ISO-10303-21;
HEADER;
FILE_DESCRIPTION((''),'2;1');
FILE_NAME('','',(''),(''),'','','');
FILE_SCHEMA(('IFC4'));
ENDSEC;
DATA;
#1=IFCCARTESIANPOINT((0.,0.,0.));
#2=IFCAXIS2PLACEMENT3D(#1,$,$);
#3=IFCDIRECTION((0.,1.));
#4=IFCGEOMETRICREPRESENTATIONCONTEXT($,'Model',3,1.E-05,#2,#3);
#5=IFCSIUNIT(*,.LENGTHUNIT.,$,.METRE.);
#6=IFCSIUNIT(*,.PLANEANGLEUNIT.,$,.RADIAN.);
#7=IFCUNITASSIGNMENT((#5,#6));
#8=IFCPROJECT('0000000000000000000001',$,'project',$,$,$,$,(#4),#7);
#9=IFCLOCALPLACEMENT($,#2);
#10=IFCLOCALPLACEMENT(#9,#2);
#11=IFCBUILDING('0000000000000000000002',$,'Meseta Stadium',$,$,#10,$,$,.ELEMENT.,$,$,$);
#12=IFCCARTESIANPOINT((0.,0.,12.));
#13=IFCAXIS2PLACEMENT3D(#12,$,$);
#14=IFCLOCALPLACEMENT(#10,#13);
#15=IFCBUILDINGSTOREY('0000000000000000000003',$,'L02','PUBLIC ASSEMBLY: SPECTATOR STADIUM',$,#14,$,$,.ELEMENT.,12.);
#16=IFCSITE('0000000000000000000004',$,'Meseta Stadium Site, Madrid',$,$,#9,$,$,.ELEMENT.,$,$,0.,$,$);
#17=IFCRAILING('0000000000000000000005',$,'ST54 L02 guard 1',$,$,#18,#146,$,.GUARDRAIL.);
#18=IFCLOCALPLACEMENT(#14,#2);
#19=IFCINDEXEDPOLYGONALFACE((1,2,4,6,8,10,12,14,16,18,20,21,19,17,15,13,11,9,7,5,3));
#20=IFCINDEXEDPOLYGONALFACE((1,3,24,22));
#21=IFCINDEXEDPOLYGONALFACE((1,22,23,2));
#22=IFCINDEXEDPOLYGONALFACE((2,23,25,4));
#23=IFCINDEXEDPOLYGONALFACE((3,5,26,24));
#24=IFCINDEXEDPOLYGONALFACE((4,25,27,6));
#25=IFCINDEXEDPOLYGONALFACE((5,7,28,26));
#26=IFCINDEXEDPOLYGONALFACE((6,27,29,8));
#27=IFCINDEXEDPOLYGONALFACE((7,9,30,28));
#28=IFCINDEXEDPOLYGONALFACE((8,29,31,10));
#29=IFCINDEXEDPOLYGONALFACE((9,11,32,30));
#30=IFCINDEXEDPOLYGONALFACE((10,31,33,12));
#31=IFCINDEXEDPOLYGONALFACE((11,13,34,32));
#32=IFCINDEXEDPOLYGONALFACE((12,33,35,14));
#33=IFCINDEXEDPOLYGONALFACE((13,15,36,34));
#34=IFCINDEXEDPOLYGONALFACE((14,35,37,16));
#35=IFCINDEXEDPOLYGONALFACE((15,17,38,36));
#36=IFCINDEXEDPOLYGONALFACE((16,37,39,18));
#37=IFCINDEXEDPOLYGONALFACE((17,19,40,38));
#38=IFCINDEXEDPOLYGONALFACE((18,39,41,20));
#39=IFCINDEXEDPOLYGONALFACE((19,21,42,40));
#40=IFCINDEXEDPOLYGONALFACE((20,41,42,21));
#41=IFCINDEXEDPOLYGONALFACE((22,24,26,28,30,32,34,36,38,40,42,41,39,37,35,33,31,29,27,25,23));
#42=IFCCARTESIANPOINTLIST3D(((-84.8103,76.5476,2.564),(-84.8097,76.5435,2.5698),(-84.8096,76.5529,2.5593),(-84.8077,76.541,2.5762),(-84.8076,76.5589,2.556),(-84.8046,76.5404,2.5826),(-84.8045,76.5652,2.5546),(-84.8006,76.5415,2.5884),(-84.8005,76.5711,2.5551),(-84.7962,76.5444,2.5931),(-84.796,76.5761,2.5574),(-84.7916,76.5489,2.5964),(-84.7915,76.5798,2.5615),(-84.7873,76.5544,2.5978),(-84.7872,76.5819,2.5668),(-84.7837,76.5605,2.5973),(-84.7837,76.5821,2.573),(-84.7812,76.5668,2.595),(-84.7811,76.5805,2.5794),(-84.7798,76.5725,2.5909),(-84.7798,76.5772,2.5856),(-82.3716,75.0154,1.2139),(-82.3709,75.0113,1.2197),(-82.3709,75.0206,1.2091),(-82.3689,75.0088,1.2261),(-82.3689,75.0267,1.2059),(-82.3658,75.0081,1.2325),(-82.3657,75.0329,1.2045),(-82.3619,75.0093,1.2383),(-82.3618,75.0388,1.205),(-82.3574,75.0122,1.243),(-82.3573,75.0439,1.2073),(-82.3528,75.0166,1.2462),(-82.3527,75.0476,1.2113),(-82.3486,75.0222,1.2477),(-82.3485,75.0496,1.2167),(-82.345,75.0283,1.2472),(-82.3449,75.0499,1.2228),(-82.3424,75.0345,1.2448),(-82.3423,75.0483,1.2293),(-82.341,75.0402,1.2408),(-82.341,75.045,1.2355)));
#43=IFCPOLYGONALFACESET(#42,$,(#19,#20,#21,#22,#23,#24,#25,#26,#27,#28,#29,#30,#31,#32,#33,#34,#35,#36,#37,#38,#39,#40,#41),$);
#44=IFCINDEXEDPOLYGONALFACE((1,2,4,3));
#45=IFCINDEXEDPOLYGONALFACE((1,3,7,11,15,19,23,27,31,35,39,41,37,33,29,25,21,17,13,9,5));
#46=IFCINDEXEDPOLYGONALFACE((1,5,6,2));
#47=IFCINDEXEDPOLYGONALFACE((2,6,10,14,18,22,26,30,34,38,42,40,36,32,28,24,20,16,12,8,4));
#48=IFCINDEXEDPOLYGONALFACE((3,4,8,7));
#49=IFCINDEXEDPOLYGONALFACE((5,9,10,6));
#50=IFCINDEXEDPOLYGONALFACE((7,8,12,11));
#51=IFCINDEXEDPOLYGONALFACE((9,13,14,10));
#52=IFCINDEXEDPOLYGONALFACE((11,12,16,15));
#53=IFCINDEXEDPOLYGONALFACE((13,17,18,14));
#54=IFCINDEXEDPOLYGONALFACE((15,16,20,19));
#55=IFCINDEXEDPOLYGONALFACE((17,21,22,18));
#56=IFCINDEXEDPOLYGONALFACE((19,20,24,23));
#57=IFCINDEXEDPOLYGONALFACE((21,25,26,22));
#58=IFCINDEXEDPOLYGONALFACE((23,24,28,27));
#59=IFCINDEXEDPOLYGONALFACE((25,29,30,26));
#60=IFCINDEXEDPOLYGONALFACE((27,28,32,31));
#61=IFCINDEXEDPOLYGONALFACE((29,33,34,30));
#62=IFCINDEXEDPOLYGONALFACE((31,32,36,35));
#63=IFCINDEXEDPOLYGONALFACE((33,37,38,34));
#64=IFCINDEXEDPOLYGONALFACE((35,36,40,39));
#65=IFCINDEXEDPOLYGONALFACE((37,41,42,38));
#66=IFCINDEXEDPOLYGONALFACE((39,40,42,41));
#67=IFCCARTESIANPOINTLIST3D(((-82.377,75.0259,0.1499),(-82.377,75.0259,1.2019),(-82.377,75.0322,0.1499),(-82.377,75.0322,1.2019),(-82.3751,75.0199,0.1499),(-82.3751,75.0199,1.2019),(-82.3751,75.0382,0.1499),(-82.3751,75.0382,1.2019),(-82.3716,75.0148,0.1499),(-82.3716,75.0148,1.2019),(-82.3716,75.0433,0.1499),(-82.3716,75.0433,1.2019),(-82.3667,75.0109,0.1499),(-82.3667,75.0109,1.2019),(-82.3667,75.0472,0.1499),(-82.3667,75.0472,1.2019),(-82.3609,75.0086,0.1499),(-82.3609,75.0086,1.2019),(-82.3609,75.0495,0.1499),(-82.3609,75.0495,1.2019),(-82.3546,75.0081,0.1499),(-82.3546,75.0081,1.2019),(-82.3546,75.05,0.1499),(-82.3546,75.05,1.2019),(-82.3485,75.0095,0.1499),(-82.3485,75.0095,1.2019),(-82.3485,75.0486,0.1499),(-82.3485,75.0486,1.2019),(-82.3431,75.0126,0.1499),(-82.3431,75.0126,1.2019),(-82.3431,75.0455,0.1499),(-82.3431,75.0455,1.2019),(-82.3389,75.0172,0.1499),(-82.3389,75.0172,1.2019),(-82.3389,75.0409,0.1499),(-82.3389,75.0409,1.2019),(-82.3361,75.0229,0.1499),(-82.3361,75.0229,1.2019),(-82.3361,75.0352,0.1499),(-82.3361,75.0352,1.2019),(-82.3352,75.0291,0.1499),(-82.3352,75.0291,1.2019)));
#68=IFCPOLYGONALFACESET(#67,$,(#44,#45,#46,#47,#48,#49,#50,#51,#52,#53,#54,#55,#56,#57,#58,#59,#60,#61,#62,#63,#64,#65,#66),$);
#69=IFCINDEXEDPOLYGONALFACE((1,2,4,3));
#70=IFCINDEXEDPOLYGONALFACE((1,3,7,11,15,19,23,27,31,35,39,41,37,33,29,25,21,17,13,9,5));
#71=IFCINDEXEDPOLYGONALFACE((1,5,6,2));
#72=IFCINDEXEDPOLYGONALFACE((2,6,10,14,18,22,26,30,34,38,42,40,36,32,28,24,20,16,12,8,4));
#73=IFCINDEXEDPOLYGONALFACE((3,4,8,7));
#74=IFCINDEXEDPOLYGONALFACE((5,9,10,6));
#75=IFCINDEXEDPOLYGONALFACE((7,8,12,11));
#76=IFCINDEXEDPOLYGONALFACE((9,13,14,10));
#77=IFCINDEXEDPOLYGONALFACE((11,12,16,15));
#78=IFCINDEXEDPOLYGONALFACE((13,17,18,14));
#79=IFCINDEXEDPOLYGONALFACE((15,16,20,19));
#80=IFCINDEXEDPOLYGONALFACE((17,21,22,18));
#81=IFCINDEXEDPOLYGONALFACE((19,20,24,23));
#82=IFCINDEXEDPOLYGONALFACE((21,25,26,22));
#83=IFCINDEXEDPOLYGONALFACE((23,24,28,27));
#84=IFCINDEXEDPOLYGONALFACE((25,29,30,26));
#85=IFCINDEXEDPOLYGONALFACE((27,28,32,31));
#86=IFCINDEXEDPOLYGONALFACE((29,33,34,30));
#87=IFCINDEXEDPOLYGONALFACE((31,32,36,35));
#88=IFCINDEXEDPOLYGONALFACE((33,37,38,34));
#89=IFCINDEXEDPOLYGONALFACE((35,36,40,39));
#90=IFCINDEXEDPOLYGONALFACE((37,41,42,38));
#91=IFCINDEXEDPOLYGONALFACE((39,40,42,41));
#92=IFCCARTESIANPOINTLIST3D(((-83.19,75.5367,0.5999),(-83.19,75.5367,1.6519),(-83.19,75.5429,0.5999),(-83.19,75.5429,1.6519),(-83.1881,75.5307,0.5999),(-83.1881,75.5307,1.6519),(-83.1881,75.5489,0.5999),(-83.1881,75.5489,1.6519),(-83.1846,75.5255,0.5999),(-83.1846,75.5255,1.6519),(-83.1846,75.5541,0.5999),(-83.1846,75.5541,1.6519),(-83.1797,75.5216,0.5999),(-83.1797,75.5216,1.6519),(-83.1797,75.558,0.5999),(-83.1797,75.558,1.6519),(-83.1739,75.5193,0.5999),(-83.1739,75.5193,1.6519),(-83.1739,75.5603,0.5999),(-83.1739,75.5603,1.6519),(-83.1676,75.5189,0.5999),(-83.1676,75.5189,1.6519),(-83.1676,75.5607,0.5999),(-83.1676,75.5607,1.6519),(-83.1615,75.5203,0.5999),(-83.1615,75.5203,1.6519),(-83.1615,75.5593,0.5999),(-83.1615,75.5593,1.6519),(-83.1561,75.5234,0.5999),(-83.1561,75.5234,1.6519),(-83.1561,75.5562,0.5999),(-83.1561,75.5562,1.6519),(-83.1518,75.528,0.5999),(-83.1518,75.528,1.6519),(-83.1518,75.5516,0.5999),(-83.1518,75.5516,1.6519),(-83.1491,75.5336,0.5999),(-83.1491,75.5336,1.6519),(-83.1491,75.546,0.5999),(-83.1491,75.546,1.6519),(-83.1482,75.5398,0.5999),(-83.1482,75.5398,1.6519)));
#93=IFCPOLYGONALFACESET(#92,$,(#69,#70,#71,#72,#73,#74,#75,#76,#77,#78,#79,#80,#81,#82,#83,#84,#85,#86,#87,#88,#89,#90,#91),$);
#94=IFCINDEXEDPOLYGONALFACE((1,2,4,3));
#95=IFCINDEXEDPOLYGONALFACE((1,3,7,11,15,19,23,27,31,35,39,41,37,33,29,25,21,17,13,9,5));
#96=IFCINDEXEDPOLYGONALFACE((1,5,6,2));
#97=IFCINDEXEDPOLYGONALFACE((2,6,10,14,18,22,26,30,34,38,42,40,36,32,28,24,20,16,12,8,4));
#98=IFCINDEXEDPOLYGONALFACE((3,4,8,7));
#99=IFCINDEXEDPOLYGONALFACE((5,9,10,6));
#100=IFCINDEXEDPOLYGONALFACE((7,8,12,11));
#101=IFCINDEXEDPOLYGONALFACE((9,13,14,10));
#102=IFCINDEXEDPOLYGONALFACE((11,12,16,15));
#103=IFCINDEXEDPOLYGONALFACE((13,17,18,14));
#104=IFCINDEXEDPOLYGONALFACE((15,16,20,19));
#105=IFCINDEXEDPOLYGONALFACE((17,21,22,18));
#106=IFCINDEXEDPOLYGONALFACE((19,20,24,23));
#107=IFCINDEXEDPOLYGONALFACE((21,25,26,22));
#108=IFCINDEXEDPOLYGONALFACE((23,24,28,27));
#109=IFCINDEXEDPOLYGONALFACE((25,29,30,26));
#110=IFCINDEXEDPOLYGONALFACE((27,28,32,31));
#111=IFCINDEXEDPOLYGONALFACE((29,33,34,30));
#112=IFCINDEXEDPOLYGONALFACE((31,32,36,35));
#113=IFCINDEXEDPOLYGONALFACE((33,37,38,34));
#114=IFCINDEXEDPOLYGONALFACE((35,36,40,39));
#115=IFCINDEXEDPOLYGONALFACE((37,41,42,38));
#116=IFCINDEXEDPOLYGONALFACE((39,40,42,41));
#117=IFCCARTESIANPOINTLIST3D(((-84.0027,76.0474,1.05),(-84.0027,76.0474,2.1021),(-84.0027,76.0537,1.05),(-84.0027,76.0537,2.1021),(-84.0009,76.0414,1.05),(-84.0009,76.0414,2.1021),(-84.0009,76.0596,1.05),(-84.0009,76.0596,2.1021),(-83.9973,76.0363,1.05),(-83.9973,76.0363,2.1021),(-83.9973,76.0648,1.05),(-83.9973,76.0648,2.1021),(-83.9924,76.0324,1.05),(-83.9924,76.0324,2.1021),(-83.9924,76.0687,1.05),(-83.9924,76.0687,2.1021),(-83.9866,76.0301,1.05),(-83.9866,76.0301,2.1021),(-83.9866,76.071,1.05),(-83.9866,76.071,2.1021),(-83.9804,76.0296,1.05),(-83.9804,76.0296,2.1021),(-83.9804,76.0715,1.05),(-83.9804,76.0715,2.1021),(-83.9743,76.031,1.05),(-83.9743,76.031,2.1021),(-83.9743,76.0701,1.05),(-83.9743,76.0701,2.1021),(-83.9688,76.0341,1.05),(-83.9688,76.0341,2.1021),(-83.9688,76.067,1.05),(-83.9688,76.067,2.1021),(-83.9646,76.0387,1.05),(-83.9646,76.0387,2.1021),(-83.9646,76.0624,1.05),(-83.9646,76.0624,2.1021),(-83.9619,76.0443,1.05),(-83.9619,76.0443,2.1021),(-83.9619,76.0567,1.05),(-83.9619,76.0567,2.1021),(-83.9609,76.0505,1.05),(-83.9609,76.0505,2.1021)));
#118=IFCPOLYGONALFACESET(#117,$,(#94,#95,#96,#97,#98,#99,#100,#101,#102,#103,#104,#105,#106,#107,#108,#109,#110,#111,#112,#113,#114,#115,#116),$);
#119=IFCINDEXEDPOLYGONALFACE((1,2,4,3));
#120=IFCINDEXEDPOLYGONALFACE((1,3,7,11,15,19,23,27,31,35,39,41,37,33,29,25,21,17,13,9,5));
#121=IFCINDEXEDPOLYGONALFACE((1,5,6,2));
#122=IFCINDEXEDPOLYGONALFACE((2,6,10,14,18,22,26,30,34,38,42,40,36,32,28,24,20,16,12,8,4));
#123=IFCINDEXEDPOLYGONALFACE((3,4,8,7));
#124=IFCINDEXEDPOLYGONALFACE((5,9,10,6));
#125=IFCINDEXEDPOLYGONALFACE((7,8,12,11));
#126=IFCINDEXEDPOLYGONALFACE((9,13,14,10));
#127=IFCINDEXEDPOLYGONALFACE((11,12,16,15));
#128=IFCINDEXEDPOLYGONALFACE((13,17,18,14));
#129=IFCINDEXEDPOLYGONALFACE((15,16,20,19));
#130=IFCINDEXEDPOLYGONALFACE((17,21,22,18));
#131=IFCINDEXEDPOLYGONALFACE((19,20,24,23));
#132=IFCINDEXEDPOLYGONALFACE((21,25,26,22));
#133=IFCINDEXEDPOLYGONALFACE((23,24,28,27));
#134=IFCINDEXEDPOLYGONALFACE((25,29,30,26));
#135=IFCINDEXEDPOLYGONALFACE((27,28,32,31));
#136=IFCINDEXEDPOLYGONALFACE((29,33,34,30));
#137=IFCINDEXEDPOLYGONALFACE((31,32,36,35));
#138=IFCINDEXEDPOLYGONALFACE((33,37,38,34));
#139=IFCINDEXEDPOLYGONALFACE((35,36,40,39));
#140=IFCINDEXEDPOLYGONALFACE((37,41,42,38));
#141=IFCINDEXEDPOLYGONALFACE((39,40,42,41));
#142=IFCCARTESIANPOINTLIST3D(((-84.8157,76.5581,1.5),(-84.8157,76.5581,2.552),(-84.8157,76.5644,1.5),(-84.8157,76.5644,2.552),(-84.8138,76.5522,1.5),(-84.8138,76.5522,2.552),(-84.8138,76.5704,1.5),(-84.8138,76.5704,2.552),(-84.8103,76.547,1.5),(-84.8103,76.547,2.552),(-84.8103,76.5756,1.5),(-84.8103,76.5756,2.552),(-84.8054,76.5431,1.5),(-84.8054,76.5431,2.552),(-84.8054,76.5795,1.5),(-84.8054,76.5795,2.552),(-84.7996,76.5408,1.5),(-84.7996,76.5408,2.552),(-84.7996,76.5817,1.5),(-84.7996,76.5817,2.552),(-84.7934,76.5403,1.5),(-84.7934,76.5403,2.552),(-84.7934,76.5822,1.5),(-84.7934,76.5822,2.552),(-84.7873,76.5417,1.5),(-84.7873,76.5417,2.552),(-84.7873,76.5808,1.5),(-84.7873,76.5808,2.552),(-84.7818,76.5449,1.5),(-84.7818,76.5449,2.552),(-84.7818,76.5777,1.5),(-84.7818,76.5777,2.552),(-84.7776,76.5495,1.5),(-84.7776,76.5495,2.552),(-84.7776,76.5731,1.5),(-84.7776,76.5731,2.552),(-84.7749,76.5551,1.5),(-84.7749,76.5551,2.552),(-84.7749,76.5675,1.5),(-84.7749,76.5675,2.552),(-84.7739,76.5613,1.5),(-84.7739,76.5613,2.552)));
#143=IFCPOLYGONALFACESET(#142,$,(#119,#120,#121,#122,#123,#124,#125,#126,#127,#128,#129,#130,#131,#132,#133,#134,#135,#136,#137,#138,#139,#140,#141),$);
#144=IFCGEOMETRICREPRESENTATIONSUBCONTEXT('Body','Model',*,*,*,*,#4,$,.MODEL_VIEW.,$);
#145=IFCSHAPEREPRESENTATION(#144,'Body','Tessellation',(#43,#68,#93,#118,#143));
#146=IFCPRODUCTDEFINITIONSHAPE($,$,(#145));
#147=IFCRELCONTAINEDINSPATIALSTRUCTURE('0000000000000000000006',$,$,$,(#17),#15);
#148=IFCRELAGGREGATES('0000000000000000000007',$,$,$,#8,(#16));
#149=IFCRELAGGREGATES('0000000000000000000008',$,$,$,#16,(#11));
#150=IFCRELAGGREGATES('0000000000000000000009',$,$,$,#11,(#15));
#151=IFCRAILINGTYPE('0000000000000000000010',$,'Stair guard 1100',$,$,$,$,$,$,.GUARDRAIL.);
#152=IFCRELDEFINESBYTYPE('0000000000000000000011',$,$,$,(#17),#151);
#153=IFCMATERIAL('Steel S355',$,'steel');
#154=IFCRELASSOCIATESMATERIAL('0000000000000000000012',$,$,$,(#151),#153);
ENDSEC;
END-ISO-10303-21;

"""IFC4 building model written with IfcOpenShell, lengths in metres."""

from ifc_helpers import new_model, si_unit, direction, frame, origin, origin_2d, place, context, subcontext, project, spatial, circle, extrude, material, type_object, element, save


model = new_model("IFC4")

# Units and contexts
model_context = context("Model", 3, precision=1e-05, world=origin(), true_north=direction((0.0, 1.0)))
body_context = subcontext(model_context, "Body", "Model", "MODEL_VIEW")
ifc_project = project(units=[si_unit("LENGTHUNIT", "METRE"), si_unit("PLANEANGLEUNIT", "RADIAN")], contexts=[model_context])

# Site, building, storey
site_placement = place(None, origin())
site = spatial("IfcSite", under=ifc_project, at=site_placement, Name="Meseta Stadium Site, Madrid", CompositionType="ELEMENT", RefElevation=0.0)
building_placement = place(site_placement, origin())
building = spatial("IfcBuilding", under=site, at=building_placement, Name="Meseta Stadium", CompositionType="ELEMENT")
storey_placement = place(building_placement, frame((0.0, 0.0, 12.0)))
storey = spatial("IfcBuildingStorey", under=building, at=storey_placement, Name="L02", Description="PUBLIC ASSEMBLY: SPECTATOR STADIUM", CompositionType="ELEMENT", Elevation=12.0)

# Railing
ifc_material_1 = material(Name="Steel S355", Category="steel")
railing_type_1 = type_object("IfcRailingType", Name="Stair guard 1100", PredefinedType="GUARDRAIL", material=ifc_material_1)
railing_1_placement = place(storey_placement, frame((-82.3562, 75.0291, 0.1499)))
element("IfcRailing", 1, at=railing_1_placement, inside=storey, type_object=railing_type_1, Name="ST54 L02 guard 1", PredefinedType="GUARDRAIL", context=body_context, shape_type="SweptSolid", body=[
    extrude(circle(Radius=0.0239, at=origin_2d()), frame((0.0, 0.0, 1.0762), z_axis=(-0.766687, 0.481703, 0.424445), x_axis=(-0.532001, -0.846743, 0.0)), (0.0, 0.0, 1.0), 3.1809),
    extrude(circle(Radius=0.021, at=origin_2d()), origin(), (0.0, 0.0, 1.0), 1.052),
    extrude(circle(Radius=0.021, at=origin_2d()), frame((-0.813, 0.5107, 0.45)), (0.0, 0.0, 1.0), 1.052),
    extrude(circle(Radius=0.021, at=origin_2d()), frame((-1.6257, 1.0215, 0.9001)), (0.0, 0.0, 1.0), 1.052),
    extrude(circle(Radius=0.021, at=origin_2d()), frame((-2.4387, 1.5322, 1.3501)), (0.0, 0.0, 1.0), 1.052),
])

save(model, "model.ifc")
